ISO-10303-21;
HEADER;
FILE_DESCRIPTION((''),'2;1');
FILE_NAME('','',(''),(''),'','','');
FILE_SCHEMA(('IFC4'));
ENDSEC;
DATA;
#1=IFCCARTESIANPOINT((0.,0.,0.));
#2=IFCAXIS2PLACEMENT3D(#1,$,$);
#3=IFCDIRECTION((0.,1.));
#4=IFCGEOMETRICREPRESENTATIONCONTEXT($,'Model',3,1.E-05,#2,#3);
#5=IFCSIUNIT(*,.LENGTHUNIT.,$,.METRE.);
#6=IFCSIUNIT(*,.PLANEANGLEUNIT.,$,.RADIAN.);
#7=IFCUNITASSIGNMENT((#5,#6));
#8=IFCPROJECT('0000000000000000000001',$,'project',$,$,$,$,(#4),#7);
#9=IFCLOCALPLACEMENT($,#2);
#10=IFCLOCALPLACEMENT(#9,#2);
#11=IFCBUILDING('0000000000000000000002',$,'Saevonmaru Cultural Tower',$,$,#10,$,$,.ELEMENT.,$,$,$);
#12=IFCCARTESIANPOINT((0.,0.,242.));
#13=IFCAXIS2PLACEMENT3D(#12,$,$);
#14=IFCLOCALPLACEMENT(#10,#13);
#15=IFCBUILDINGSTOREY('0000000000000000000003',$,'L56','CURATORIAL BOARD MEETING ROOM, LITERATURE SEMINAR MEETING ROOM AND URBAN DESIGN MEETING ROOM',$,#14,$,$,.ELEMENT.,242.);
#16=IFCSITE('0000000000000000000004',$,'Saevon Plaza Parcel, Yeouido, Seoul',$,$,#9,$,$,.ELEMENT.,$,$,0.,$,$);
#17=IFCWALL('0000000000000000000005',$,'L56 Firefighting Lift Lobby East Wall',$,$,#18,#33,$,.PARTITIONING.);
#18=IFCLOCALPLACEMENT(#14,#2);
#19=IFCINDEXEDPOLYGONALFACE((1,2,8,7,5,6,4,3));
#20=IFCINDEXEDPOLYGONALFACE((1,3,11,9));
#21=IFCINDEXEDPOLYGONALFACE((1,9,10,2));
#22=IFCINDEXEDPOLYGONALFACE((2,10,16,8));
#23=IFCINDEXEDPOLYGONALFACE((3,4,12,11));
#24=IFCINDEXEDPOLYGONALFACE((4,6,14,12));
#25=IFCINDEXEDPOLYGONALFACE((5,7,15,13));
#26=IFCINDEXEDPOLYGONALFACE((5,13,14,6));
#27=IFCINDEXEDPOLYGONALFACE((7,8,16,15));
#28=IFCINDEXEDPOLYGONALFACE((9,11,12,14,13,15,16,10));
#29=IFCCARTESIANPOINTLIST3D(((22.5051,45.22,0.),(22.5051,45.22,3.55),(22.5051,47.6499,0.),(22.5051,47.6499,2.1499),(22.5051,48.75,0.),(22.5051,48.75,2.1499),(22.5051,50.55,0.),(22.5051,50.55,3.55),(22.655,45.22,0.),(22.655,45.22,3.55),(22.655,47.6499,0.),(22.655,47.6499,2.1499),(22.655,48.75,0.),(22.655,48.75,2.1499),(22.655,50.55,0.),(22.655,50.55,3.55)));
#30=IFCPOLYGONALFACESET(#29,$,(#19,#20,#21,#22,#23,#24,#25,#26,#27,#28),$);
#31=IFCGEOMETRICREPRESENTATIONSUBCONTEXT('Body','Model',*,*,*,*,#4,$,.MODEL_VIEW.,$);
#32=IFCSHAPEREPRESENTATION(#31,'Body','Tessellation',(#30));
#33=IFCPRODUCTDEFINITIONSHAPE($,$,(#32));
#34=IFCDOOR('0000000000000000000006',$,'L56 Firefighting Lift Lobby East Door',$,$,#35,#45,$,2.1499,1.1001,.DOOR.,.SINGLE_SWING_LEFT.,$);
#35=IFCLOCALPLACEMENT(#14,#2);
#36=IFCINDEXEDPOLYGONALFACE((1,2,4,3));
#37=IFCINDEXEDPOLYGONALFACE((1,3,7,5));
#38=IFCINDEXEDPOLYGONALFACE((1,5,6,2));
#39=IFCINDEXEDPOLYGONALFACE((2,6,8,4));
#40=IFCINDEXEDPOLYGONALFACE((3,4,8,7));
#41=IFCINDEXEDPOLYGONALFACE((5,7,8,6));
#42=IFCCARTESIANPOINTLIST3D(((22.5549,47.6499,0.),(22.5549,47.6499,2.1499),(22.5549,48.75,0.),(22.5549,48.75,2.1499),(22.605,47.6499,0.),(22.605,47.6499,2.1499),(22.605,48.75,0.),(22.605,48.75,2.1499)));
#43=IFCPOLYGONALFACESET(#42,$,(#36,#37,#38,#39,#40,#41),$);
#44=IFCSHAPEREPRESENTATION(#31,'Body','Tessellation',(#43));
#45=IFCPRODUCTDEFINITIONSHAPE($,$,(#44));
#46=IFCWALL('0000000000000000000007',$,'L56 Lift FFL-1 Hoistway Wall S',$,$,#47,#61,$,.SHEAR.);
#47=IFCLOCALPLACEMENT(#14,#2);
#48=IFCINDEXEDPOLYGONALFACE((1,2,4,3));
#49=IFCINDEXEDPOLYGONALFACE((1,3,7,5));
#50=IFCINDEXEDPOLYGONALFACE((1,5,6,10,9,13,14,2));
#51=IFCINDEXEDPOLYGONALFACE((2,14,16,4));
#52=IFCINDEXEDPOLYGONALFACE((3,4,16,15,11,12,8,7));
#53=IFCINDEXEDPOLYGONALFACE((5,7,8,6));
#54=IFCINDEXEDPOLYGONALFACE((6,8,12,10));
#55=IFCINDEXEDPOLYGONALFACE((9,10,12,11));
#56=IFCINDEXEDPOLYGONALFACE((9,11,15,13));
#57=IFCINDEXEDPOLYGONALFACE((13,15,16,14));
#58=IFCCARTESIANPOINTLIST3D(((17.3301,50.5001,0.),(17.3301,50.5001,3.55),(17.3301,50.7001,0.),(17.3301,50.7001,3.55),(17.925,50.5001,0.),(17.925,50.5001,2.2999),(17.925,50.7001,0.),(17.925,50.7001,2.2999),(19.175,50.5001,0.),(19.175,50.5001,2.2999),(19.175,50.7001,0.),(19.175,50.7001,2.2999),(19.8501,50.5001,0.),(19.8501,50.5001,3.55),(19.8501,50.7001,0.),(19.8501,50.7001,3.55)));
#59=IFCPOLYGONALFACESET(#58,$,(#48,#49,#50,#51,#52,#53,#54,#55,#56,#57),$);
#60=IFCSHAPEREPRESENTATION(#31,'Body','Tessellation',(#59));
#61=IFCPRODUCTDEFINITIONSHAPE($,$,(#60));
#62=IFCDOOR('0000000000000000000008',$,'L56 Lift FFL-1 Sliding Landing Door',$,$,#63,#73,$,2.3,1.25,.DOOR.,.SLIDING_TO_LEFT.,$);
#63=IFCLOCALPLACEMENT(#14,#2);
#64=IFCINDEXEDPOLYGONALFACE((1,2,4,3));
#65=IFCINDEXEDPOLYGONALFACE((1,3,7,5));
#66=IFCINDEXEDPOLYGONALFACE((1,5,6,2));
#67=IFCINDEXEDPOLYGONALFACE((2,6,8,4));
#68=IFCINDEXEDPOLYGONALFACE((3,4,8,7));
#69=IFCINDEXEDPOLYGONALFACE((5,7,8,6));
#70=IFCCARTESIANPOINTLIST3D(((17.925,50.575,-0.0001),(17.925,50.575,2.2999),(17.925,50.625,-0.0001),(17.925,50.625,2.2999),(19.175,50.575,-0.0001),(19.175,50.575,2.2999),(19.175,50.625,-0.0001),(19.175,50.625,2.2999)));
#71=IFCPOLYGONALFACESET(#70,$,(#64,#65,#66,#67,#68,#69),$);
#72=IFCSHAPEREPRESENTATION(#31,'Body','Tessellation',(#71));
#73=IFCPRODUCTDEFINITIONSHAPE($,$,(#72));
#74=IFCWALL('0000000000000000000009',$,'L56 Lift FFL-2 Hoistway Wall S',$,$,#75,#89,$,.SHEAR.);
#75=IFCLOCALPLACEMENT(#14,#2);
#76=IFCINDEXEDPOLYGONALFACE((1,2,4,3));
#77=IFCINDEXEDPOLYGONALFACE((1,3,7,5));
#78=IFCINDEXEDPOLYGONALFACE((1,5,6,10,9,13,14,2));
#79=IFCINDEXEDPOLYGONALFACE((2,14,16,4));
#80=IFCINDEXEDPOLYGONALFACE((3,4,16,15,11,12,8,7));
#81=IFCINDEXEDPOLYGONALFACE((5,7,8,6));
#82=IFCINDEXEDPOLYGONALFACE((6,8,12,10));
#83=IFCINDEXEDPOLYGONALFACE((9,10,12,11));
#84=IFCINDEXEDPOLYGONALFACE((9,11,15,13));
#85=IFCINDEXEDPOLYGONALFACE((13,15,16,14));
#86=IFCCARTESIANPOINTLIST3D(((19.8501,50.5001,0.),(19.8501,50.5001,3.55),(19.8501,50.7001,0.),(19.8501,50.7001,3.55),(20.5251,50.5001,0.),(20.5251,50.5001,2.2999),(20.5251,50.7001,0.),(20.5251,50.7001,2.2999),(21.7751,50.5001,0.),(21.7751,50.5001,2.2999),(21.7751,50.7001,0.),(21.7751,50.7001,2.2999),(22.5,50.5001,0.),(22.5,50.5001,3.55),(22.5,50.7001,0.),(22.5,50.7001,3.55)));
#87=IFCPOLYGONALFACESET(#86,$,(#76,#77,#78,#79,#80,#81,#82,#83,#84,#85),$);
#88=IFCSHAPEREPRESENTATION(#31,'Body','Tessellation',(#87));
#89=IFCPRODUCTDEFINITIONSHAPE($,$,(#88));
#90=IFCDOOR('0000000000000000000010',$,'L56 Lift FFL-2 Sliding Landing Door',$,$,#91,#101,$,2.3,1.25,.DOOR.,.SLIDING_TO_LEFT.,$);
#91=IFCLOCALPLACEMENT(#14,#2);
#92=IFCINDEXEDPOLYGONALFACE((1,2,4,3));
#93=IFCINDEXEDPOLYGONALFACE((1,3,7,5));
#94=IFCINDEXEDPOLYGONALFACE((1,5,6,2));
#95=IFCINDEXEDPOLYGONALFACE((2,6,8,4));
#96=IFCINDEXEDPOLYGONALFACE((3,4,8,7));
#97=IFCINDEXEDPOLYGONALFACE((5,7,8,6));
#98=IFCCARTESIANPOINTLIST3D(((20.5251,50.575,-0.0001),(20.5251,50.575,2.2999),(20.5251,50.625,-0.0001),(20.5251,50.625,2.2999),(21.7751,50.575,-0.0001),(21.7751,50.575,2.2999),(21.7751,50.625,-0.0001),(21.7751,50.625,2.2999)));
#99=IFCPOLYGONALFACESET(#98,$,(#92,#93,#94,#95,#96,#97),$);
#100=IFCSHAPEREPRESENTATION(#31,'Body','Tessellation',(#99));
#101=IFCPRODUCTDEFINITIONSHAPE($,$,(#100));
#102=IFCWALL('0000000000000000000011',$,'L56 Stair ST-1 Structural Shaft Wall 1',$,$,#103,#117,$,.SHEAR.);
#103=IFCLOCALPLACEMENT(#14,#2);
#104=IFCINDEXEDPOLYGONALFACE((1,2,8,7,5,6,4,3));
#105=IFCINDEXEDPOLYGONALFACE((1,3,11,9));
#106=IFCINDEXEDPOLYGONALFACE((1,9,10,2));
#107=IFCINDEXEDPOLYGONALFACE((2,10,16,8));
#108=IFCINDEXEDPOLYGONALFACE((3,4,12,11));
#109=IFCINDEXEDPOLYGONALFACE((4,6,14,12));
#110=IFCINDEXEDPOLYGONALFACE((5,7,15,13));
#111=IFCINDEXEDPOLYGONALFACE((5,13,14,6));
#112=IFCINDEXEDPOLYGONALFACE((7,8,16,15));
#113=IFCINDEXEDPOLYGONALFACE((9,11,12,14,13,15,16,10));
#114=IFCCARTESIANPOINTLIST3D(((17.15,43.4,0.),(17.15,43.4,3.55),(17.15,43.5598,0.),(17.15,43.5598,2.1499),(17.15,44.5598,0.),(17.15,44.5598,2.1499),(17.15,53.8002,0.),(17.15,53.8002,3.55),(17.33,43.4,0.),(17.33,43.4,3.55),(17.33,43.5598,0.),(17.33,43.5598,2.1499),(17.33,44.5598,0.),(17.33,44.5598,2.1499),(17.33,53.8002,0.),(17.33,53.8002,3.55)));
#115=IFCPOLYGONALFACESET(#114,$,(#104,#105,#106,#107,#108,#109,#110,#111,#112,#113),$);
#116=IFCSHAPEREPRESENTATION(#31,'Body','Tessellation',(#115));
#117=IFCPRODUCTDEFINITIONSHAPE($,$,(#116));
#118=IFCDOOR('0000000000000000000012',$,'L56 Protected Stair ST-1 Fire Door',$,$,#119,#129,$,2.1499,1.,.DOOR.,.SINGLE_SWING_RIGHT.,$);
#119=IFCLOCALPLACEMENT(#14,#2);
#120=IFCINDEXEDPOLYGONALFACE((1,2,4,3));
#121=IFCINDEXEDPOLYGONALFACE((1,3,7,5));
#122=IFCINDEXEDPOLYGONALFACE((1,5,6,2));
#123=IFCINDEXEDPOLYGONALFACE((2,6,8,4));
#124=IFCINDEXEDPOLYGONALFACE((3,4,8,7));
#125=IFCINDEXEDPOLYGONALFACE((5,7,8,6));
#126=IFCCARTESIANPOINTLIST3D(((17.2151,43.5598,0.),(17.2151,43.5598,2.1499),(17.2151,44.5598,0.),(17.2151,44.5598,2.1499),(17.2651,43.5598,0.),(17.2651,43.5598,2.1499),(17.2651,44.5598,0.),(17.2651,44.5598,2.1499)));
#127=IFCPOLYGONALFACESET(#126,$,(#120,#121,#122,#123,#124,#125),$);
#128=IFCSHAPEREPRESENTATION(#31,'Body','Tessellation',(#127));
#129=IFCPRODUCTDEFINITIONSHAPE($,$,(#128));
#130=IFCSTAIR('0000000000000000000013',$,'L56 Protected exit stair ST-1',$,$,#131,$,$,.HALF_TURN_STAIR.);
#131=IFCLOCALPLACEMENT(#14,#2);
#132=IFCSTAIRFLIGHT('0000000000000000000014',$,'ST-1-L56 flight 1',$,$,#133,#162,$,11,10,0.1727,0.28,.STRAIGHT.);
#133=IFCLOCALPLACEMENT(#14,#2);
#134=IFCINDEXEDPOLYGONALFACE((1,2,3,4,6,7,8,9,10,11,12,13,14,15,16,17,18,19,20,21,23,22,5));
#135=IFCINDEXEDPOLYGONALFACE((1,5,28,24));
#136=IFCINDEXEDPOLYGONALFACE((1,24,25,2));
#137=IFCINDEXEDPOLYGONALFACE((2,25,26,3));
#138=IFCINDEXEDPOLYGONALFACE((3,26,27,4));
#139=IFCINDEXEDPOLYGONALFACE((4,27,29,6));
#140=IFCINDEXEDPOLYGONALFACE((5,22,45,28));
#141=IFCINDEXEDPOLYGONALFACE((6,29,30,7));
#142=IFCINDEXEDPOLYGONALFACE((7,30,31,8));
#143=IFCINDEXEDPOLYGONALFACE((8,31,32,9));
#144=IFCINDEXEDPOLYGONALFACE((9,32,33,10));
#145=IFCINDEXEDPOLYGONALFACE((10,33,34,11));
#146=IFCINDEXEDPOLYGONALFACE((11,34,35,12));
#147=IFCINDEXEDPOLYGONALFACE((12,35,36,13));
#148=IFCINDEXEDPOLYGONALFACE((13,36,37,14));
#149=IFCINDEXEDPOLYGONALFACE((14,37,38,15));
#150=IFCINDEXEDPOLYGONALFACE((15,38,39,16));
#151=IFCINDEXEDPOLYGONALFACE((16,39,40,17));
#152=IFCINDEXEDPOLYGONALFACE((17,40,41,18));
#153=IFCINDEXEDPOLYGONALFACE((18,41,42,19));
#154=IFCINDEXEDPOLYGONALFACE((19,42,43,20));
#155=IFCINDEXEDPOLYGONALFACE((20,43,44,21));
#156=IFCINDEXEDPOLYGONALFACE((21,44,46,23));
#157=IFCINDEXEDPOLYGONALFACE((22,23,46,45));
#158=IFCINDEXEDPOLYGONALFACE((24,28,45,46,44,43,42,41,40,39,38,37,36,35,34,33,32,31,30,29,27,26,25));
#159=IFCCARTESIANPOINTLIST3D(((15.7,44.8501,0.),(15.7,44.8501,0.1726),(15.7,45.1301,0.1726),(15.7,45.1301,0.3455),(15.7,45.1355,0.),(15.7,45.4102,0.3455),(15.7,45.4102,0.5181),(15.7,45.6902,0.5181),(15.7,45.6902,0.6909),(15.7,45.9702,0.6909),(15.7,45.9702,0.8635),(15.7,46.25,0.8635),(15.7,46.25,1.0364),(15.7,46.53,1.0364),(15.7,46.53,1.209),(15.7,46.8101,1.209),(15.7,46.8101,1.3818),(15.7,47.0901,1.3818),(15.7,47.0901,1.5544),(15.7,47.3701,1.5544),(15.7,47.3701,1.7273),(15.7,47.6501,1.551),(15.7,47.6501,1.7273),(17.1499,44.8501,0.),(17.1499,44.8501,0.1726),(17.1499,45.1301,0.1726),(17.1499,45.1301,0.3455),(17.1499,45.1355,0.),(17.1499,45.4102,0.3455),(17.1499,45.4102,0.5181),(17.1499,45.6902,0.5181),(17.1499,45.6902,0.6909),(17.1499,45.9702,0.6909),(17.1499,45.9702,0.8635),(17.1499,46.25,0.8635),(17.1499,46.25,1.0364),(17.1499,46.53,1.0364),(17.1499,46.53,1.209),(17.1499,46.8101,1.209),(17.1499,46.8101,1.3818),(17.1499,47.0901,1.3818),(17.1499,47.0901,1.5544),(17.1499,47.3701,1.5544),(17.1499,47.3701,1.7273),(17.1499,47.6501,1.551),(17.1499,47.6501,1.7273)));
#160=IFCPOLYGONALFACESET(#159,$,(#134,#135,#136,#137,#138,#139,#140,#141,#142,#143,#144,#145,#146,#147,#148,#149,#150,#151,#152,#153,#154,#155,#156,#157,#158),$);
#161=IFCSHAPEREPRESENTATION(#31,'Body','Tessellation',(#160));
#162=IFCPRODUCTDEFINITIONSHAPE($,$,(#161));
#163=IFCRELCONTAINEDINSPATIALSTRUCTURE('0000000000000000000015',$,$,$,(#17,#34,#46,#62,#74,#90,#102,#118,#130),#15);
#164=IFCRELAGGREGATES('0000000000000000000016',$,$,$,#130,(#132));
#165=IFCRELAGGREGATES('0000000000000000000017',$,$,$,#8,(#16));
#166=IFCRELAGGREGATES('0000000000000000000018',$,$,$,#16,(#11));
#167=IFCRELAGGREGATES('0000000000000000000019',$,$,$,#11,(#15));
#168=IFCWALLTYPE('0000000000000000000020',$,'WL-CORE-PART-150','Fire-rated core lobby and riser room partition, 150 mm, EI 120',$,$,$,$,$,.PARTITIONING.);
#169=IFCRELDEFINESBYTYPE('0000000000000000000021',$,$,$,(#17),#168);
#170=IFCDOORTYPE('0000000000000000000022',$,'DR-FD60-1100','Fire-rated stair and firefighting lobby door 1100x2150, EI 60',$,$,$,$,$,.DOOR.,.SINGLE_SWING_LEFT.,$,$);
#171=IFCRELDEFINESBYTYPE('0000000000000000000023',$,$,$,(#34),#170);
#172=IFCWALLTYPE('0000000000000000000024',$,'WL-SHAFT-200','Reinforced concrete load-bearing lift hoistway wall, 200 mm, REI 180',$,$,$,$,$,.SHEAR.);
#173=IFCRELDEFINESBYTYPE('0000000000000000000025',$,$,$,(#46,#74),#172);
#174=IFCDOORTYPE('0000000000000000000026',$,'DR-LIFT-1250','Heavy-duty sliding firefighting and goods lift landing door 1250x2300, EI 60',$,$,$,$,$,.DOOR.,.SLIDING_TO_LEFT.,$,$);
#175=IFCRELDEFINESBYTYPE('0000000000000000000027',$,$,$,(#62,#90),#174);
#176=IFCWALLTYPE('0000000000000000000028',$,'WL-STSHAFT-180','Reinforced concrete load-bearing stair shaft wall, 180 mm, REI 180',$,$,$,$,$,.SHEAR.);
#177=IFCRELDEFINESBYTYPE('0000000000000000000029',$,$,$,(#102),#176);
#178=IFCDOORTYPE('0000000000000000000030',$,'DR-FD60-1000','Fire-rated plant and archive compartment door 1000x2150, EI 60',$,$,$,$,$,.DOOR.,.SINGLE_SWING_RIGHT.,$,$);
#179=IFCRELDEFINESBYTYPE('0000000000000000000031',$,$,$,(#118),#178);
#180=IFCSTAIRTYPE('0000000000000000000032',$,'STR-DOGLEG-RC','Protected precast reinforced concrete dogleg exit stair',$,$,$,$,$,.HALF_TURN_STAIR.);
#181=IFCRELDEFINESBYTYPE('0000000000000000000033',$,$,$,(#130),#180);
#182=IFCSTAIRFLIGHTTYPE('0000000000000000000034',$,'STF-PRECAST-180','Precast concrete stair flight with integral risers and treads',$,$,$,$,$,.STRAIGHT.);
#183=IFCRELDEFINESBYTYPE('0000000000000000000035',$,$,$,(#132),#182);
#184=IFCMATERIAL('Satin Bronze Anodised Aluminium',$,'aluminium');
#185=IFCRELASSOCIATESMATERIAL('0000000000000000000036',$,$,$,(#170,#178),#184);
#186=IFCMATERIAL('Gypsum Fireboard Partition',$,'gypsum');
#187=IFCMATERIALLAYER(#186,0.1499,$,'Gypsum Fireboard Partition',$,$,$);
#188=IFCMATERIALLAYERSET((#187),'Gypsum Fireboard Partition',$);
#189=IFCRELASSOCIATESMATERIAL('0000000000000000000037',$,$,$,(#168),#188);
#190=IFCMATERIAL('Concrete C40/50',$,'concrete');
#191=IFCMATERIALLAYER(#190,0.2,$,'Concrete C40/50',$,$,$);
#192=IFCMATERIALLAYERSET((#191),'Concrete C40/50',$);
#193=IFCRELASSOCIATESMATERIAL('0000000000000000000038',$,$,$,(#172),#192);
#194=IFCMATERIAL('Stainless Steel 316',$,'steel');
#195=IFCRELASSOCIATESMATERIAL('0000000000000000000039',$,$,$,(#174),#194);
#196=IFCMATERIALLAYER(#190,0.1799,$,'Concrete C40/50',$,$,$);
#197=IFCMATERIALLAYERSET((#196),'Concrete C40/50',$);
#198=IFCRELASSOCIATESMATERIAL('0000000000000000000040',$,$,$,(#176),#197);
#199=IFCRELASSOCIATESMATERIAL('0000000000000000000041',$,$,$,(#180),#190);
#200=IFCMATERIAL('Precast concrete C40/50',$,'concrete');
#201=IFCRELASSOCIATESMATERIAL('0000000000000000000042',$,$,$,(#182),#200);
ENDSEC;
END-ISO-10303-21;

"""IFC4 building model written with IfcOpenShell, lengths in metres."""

from ifc_helpers import new_model, si_unit, direction, frame, frame_2d, origin, place, context, subcontext, project, spatial, polyline, rectangle, outline, extrude, material, layer, layer_set, type_object, element, fill, aggregate, save


model = new_model("IFC4")

# Units and contexts
model_context = context("Model", 3, precision=1e-05, world=origin(), true_north=direction((0.0, 1.0)))
body_context = subcontext(model_context, "Body", "Model", "MODEL_VIEW")
ifc_project = project(units=[si_unit("LENGTHUNIT", "METRE"), si_unit("PLANEANGLEUNIT", "RADIAN")], contexts=[model_context])

# Site, building, storey
site_placement = place(None, origin())
site = spatial("IfcSite", under=ifc_project, at=site_placement, Name="Saevon Plaza Parcel, Yeouido, Seoul", CompositionType="ELEMENT", RefElevation=0.0)
building_placement = place(site_placement, origin())
building = spatial("IfcBuilding", under=site, at=building_placement, Name="Saevonmaru Cultural Tower", CompositionType="ELEMENT")
storey_placement = place(building_placement, frame((0.0, 0.0, 242.0)))
storey = spatial("IfcBuildingStorey", under=building, at=storey_placement, Name="L56", Description="CURATORIAL BOARD MEETING ROOM, LITERATURE SEMINAR MEETING ROOM AND URBAN DESIGN MEETING ROOM", CompositionType="ELEMENT", Elevation=242.0)

# Shared definitions
ifc_material_1 = material(Name="Satin Bronze Anodised Aluminium", Category="aluminium")
door_type_1 = type_object("IfcDoorType", Name="DR-FD60-1100", Description="Fire-rated stair and firefighting lobby door 1100x2150, EI 60", OperationType="SINGLE_SWING_LEFT", PredefinedType="DOOR", material=ifc_material_1)

# Walls, openings, doors
ifc_material_2 = material(Name="Gypsum Fireboard Partition", Category="gypsum")
ifc_layer_1 = layer(ifc_material_2, 0.1499, Name="Gypsum Fireboard Partition")
ifc_layer_set_1 = layer_set([ifc_layer_1], Name="Gypsum Fireboard Partition")
wall_type_1 = type_object("IfcWallType", Name="WL-CORE-PART-150", Description="Fire-rated core lobby and riser room partition, 150 mm, EI 120", PredefinedType="PARTITIONING", material=ifc_layer_set_1)
wall_1_placement = place(storey_placement, frame((22.5801, 50.55, 0.0), z_axis=(0.0, 0.0, 1.0), x_axis=(0.0, -1.0, 0.0)))
wall_1 = element("IfcWall", 1, at=wall_1_placement, inside=storey, type_object=wall_type_1, Name="L56 Firefighting Lift Lobby East Wall", PredefinedType="PARTITIONING", context=body_context, shape_type="SweptSolid", body=[
    extrude(rectangle(XDim=5.3301, YDim=0.1499, at=frame_2d((2.665, 0.0))), origin(), (0.0, 0.0, 1.0), 3.55),
])
opening_1_placement = place(wall_1_placement, frame((1.8, 0.0, 0.0)))
opening_1 = element("IfcOpeningElement", 2, at=opening_1_placement, cuts=wall_1, PredefinedType="OPENING", context=body_context, shape_type="SweptSolid", body=[
    extrude(rectangle(XDim=1.1001, YDim=2.1499, at=frame_2d((0.55, 1.075))), frame((0.0, 0.085, 0.0), z_axis=(0.0, -1.0, 0.0), x_axis=(1.0, 0.0, 0.0)), (0.0, 0.0, 1.0), 0.1699),
])
door_1_placement = place(opening_1_placement, origin())
door_1 = element("IfcDoor", 3, at=door_1_placement, inside=storey, type_object=door_type_1, Name="L56 Firefighting Lift Lobby East Door", OperationType="SINGLE_SWING_LEFT", OverallHeight=2.1499, OverallWidth=1.1001, PredefinedType="DOOR", context=body_context, shape_type="SweptSolid", body=[
    extrude(rectangle(XDim=1.1001, YDim=2.1499, at=frame_2d((0.55, 1.075))), frame((0.0, 0.0249, 0.0), z_axis=(0.0, -1.0, 0.0), x_axis=(1.0, 0.0, 0.0)), (0.0, 0.0, 1.0), 0.05),
])
fill(opening_1, door_1)
ifc_material_3 = material(Name="Concrete C40/50", Category="concrete")
ifc_layer_2 = layer(ifc_material_3, 0.2, Name="Concrete C40/50")
ifc_layer_set_2 = layer_set([ifc_layer_2], Name="Concrete C40/50")
wall_type_2 = type_object("IfcWallType", Name="WL-SHAFT-200", Description="Reinforced concrete load-bearing lift hoistway wall, 200 mm, REI 180", PredefinedType="SHEAR", material=ifc_layer_set_2)
wall_2_placement = place(storey_placement, frame((17.3301, 50.6001, 0.0), z_axis=(0.0, 0.0, 1.0), x_axis=(1.0, 0.0, 0.0)))
wall_2 = element("IfcWall", 4, at=wall_2_placement, inside=storey, type_object=wall_type_2, Name="L56 Lift FFL-1 Hoistway Wall S", PredefinedType="SHEAR", context=body_context, shape_type="SweptSolid", body=[
    extrude(rectangle(XDim=2.52, YDim=0.2, at=frame_2d((1.26, 0.0))), origin(), (0.0, 0.0, 1.0), 3.55),
])
opening_2_placement = place(wall_2_placement, frame((0.595, 0.0, 0.0)))
opening_2 = element("IfcOpeningElement", 5, at=opening_2_placement, cuts=wall_2, PredefinedType="OPENING", context=body_context, shape_type="SweptSolid", body=[
    extrude(rectangle(XDim=1.25, YDim=2.3, at=frame_2d((0.625, 1.1499))), frame((0.0, 0.1099, 0.0), z_axis=(0.0, -1.0, 0.0), x_axis=(1.0, 0.0, 0.0)), (0.0, 0.0, 1.0), 0.22),
])
ifc_material_4 = material(Name="Stainless Steel 316", Category="steel")
door_type_2 = type_object("IfcDoorType", Name="DR-LIFT-1250", Description="Heavy-duty sliding firefighting and goods lift landing door 1250x2300, EI 60", OperationType="SLIDING_TO_LEFT", PredefinedType="DOOR", material=ifc_material_4)
door_2_placement = place(opening_2_placement, origin())
door_2 = element("IfcDoor", 6, at=door_2_placement, inside=storey, type_object=door_type_2, Name="L56 Lift FFL-1 Sliding Landing Door", OperationType="SLIDING_TO_LEFT", OverallHeight=2.3, OverallWidth=1.25, PredefinedType="DOOR", context=body_context, shape_type="SweptSolid", body=[
    extrude(rectangle(XDim=1.25, YDim=2.3, at=frame_2d((0.625, 1.1499))), frame((0.0, 0.0249, 0.0), z_axis=(0.0, -1.0, 0.0), x_axis=(1.0, 0.0, 0.0)), (0.0, 0.0, 1.0), 0.05),
])
fill(opening_2, door_2)
wall_3_placement = place(storey_placement, frame((19.8501, 50.6001, 0.0), z_axis=(0.0, 0.0, 1.0), x_axis=(1.0, 0.0, 0.0)))
wall_3 = element("IfcWall", 7, at=wall_3_placement, inside=storey, type_object=wall_type_2, Name="L56 Lift FFL-2 Hoistway Wall S", PredefinedType="SHEAR", context=body_context, shape_type="SweptSolid", body=[
    extrude(rectangle(XDim=2.6499, YDim=0.2, at=frame_2d((1.325, 0.0))), origin(), (0.0, 0.0, 1.0), 3.55),
])
opening_3_placement = place(wall_3_placement, frame((0.675, 0.0, 0.0)))
opening_3 = element("IfcOpeningElement", 8, at=opening_3_placement, cuts=wall_3, PredefinedType="OPENING", context=body_context, shape_type="SweptSolid", body=[
    extrude(rectangle(XDim=1.25, YDim=2.3, at=frame_2d((0.625, 1.1499))), frame((0.0, 0.1099, 0.0), z_axis=(0.0, -1.0, 0.0), x_axis=(1.0, 0.0, 0.0)), (0.0, 0.0, 1.0), 0.22),
])
door_3_placement = place(opening_3_placement, origin())
door_3 = element("IfcDoor", 9, at=door_3_placement, inside=storey, type_object=door_type_2, Name="L56 Lift FFL-2 Sliding Landing Door", OperationType="SLIDING_TO_LEFT", OverallHeight=2.3, OverallWidth=1.25, PredefinedType="DOOR", context=body_context, shape_type="SweptSolid", body=[
    extrude(rectangle(XDim=1.25, YDim=2.3, at=frame_2d((0.625, 1.1499))), frame((0.0, 0.0249, 0.0), z_axis=(0.0, -1.0, 0.0), x_axis=(1.0, 0.0, 0.0)), (0.0, 0.0, 1.0), 0.05),
])
fill(opening_3, door_3)
ifc_layer_3 = layer(ifc_material_3, 0.1799, Name="Concrete C40/50")
ifc_layer_set_3 = layer_set([ifc_layer_3], Name="Concrete C40/50")
wall_type_3 = type_object("IfcWallType", Name="WL-STSHAFT-180", Description="Reinforced concrete load-bearing stair shaft wall, 180 mm, REI 180", PredefinedType="SHEAR", material=ifc_layer_set_3)
wall_4_placement = place(storey_placement, frame((17.24, 43.3999, 0.0), z_axis=(0.0, 0.0, 1.0), x_axis=(0.0, 1.0, 0.0)))
wall_4 = element("IfcWall", 10, at=wall_4_placement, inside=storey, type_object=wall_type_3, Name="L56 Stair ST-1 Structural Shaft Wall 1", PredefinedType="SHEAR", context=body_context, shape_type="SweptSolid", body=[
    extrude(rectangle(XDim=10.4001, YDim=0.1799, at=frame_2d((5.2002, 0.0))), origin(), (0.0, 0.0, 1.0), 3.55),
])
opening_4_placement = place(wall_4_placement, frame((0.1599, 0.0, 0.0)))
opening_4 = element("IfcOpeningElement", 11, at=opening_4_placement, cuts=wall_4, PredefinedType="OPENING", context=body_context, shape_type="SweptSolid", body=[
    extrude(rectangle(XDim=1.0, YDim=2.1499, at=frame_2d((0.5, 1.075))), frame((0.0, 0.1001, 0.0), z_axis=(0.0, -1.0, 0.0), x_axis=(1.0, 0.0, 0.0)), (0.0, 0.0, 1.0), 0.2),
])
door_type_3 = type_object("IfcDoorType", Name="DR-FD60-1000", Description="Fire-rated plant and archive compartment door 1000x2150, EI 60", OperationType="SINGLE_SWING_RIGHT", PredefinedType="DOOR", material=ifc_material_1)
door_4_placement = place(opening_4_placement, origin())
door_4 = element("IfcDoor", 12, at=door_4_placement, inside=storey, type_object=door_type_3, Name="L56 Protected Stair ST-1 Fire Door", OperationType="SINGLE_SWING_RIGHT", OverallHeight=2.1499, OverallWidth=1.0, PredefinedType="DOOR", context=body_context, shape_type="SweptSolid", body=[
    extrude(rectangle(XDim=1.0, YDim=2.1499, at=frame_2d((0.5, 1.075))), frame((0.0, 0.0249, 0.0), z_axis=(0.0, -1.0, 0.0), x_axis=(1.0, 0.0, 0.0)), (0.0, 0.0, 1.0), 0.05),
])
fill(opening_4, door_4)

# Stair, stair flight
stair_type = type_object("IfcStairType", Name="STR-DOGLEG-RC", Description="Protected precast reinforced concrete dogleg exit stair", PredefinedType="HALF_TURN_STAIR", material=ifc_material_3)
stair_placement = place(storey_placement, origin())
stair = element("IfcStair", 13, at=stair_placement, inside=storey, type_object=stair_type, Name="L56 Protected exit stair ST-1", PredefinedType="HALF_TURN_STAIR")
ifc_material_5 = material(Name="Precast concrete C40/50", Category="concrete")
stair_flight_type = type_object("IfcStairFlightType", Name="STF-PRECAST-180", Description="Precast concrete stair flight with integral risers and treads", PredefinedType="STRAIGHT", material=ifc_material_5)
stair_flight_1_placement = place(storey_placement, frame((16.425, 44.8501, 0.0), z_axis=(0.0, 0.0, 1.0), x_axis=(0.0, 1.0, 0.0)))
stair_flight_1 = element("IfcStairFlight", 14, at=stair_flight_1_placement, type_object=stair_flight_type, Name="ST-1-L56 flight 1", NumberOfRisers=11, NumberOfTreads=10, PredefinedType="STRAIGHT", RiserHeight=0.1727, TreadLength=0.28, context=body_context, shape_type="SweptSolid", body=[
    extrude(outline(polyline([(0.0, 0.0), (0.0, 0.1726), (0.28, 0.1726), (0.28, 0.3455), (0.5601, 0.3455), (0.5601, 0.5181), (0.8401, 0.5181), (0.8401, 0.6909), (1.1201, 0.6909), (1.1201, 0.8635), (1.3999, 0.8635), (1.3999, 1.0364), (1.6799, 1.0364), (1.6799, 1.209), (1.96, 1.209), (1.96, 1.3818), (2.24, 1.3818), (2.24, 1.5544), (2.52, 1.5544), (2.52, 1.7273), (2.8, 1.7273), (2.8, 1.8999), (2.8, 1.551), (0.2854, 0.0), (0.0, 0.0)])), frame((0.0, 0.7251, 0.0), z_axis=(0.0, -1.0, 0.0), x_axis=(1.0, 0.0, 0.0)), (0.0, 0.0, 1.0), 1.45),
])
aggregate(stair, [stair_flight_1])

save(model, "model.ifc")
